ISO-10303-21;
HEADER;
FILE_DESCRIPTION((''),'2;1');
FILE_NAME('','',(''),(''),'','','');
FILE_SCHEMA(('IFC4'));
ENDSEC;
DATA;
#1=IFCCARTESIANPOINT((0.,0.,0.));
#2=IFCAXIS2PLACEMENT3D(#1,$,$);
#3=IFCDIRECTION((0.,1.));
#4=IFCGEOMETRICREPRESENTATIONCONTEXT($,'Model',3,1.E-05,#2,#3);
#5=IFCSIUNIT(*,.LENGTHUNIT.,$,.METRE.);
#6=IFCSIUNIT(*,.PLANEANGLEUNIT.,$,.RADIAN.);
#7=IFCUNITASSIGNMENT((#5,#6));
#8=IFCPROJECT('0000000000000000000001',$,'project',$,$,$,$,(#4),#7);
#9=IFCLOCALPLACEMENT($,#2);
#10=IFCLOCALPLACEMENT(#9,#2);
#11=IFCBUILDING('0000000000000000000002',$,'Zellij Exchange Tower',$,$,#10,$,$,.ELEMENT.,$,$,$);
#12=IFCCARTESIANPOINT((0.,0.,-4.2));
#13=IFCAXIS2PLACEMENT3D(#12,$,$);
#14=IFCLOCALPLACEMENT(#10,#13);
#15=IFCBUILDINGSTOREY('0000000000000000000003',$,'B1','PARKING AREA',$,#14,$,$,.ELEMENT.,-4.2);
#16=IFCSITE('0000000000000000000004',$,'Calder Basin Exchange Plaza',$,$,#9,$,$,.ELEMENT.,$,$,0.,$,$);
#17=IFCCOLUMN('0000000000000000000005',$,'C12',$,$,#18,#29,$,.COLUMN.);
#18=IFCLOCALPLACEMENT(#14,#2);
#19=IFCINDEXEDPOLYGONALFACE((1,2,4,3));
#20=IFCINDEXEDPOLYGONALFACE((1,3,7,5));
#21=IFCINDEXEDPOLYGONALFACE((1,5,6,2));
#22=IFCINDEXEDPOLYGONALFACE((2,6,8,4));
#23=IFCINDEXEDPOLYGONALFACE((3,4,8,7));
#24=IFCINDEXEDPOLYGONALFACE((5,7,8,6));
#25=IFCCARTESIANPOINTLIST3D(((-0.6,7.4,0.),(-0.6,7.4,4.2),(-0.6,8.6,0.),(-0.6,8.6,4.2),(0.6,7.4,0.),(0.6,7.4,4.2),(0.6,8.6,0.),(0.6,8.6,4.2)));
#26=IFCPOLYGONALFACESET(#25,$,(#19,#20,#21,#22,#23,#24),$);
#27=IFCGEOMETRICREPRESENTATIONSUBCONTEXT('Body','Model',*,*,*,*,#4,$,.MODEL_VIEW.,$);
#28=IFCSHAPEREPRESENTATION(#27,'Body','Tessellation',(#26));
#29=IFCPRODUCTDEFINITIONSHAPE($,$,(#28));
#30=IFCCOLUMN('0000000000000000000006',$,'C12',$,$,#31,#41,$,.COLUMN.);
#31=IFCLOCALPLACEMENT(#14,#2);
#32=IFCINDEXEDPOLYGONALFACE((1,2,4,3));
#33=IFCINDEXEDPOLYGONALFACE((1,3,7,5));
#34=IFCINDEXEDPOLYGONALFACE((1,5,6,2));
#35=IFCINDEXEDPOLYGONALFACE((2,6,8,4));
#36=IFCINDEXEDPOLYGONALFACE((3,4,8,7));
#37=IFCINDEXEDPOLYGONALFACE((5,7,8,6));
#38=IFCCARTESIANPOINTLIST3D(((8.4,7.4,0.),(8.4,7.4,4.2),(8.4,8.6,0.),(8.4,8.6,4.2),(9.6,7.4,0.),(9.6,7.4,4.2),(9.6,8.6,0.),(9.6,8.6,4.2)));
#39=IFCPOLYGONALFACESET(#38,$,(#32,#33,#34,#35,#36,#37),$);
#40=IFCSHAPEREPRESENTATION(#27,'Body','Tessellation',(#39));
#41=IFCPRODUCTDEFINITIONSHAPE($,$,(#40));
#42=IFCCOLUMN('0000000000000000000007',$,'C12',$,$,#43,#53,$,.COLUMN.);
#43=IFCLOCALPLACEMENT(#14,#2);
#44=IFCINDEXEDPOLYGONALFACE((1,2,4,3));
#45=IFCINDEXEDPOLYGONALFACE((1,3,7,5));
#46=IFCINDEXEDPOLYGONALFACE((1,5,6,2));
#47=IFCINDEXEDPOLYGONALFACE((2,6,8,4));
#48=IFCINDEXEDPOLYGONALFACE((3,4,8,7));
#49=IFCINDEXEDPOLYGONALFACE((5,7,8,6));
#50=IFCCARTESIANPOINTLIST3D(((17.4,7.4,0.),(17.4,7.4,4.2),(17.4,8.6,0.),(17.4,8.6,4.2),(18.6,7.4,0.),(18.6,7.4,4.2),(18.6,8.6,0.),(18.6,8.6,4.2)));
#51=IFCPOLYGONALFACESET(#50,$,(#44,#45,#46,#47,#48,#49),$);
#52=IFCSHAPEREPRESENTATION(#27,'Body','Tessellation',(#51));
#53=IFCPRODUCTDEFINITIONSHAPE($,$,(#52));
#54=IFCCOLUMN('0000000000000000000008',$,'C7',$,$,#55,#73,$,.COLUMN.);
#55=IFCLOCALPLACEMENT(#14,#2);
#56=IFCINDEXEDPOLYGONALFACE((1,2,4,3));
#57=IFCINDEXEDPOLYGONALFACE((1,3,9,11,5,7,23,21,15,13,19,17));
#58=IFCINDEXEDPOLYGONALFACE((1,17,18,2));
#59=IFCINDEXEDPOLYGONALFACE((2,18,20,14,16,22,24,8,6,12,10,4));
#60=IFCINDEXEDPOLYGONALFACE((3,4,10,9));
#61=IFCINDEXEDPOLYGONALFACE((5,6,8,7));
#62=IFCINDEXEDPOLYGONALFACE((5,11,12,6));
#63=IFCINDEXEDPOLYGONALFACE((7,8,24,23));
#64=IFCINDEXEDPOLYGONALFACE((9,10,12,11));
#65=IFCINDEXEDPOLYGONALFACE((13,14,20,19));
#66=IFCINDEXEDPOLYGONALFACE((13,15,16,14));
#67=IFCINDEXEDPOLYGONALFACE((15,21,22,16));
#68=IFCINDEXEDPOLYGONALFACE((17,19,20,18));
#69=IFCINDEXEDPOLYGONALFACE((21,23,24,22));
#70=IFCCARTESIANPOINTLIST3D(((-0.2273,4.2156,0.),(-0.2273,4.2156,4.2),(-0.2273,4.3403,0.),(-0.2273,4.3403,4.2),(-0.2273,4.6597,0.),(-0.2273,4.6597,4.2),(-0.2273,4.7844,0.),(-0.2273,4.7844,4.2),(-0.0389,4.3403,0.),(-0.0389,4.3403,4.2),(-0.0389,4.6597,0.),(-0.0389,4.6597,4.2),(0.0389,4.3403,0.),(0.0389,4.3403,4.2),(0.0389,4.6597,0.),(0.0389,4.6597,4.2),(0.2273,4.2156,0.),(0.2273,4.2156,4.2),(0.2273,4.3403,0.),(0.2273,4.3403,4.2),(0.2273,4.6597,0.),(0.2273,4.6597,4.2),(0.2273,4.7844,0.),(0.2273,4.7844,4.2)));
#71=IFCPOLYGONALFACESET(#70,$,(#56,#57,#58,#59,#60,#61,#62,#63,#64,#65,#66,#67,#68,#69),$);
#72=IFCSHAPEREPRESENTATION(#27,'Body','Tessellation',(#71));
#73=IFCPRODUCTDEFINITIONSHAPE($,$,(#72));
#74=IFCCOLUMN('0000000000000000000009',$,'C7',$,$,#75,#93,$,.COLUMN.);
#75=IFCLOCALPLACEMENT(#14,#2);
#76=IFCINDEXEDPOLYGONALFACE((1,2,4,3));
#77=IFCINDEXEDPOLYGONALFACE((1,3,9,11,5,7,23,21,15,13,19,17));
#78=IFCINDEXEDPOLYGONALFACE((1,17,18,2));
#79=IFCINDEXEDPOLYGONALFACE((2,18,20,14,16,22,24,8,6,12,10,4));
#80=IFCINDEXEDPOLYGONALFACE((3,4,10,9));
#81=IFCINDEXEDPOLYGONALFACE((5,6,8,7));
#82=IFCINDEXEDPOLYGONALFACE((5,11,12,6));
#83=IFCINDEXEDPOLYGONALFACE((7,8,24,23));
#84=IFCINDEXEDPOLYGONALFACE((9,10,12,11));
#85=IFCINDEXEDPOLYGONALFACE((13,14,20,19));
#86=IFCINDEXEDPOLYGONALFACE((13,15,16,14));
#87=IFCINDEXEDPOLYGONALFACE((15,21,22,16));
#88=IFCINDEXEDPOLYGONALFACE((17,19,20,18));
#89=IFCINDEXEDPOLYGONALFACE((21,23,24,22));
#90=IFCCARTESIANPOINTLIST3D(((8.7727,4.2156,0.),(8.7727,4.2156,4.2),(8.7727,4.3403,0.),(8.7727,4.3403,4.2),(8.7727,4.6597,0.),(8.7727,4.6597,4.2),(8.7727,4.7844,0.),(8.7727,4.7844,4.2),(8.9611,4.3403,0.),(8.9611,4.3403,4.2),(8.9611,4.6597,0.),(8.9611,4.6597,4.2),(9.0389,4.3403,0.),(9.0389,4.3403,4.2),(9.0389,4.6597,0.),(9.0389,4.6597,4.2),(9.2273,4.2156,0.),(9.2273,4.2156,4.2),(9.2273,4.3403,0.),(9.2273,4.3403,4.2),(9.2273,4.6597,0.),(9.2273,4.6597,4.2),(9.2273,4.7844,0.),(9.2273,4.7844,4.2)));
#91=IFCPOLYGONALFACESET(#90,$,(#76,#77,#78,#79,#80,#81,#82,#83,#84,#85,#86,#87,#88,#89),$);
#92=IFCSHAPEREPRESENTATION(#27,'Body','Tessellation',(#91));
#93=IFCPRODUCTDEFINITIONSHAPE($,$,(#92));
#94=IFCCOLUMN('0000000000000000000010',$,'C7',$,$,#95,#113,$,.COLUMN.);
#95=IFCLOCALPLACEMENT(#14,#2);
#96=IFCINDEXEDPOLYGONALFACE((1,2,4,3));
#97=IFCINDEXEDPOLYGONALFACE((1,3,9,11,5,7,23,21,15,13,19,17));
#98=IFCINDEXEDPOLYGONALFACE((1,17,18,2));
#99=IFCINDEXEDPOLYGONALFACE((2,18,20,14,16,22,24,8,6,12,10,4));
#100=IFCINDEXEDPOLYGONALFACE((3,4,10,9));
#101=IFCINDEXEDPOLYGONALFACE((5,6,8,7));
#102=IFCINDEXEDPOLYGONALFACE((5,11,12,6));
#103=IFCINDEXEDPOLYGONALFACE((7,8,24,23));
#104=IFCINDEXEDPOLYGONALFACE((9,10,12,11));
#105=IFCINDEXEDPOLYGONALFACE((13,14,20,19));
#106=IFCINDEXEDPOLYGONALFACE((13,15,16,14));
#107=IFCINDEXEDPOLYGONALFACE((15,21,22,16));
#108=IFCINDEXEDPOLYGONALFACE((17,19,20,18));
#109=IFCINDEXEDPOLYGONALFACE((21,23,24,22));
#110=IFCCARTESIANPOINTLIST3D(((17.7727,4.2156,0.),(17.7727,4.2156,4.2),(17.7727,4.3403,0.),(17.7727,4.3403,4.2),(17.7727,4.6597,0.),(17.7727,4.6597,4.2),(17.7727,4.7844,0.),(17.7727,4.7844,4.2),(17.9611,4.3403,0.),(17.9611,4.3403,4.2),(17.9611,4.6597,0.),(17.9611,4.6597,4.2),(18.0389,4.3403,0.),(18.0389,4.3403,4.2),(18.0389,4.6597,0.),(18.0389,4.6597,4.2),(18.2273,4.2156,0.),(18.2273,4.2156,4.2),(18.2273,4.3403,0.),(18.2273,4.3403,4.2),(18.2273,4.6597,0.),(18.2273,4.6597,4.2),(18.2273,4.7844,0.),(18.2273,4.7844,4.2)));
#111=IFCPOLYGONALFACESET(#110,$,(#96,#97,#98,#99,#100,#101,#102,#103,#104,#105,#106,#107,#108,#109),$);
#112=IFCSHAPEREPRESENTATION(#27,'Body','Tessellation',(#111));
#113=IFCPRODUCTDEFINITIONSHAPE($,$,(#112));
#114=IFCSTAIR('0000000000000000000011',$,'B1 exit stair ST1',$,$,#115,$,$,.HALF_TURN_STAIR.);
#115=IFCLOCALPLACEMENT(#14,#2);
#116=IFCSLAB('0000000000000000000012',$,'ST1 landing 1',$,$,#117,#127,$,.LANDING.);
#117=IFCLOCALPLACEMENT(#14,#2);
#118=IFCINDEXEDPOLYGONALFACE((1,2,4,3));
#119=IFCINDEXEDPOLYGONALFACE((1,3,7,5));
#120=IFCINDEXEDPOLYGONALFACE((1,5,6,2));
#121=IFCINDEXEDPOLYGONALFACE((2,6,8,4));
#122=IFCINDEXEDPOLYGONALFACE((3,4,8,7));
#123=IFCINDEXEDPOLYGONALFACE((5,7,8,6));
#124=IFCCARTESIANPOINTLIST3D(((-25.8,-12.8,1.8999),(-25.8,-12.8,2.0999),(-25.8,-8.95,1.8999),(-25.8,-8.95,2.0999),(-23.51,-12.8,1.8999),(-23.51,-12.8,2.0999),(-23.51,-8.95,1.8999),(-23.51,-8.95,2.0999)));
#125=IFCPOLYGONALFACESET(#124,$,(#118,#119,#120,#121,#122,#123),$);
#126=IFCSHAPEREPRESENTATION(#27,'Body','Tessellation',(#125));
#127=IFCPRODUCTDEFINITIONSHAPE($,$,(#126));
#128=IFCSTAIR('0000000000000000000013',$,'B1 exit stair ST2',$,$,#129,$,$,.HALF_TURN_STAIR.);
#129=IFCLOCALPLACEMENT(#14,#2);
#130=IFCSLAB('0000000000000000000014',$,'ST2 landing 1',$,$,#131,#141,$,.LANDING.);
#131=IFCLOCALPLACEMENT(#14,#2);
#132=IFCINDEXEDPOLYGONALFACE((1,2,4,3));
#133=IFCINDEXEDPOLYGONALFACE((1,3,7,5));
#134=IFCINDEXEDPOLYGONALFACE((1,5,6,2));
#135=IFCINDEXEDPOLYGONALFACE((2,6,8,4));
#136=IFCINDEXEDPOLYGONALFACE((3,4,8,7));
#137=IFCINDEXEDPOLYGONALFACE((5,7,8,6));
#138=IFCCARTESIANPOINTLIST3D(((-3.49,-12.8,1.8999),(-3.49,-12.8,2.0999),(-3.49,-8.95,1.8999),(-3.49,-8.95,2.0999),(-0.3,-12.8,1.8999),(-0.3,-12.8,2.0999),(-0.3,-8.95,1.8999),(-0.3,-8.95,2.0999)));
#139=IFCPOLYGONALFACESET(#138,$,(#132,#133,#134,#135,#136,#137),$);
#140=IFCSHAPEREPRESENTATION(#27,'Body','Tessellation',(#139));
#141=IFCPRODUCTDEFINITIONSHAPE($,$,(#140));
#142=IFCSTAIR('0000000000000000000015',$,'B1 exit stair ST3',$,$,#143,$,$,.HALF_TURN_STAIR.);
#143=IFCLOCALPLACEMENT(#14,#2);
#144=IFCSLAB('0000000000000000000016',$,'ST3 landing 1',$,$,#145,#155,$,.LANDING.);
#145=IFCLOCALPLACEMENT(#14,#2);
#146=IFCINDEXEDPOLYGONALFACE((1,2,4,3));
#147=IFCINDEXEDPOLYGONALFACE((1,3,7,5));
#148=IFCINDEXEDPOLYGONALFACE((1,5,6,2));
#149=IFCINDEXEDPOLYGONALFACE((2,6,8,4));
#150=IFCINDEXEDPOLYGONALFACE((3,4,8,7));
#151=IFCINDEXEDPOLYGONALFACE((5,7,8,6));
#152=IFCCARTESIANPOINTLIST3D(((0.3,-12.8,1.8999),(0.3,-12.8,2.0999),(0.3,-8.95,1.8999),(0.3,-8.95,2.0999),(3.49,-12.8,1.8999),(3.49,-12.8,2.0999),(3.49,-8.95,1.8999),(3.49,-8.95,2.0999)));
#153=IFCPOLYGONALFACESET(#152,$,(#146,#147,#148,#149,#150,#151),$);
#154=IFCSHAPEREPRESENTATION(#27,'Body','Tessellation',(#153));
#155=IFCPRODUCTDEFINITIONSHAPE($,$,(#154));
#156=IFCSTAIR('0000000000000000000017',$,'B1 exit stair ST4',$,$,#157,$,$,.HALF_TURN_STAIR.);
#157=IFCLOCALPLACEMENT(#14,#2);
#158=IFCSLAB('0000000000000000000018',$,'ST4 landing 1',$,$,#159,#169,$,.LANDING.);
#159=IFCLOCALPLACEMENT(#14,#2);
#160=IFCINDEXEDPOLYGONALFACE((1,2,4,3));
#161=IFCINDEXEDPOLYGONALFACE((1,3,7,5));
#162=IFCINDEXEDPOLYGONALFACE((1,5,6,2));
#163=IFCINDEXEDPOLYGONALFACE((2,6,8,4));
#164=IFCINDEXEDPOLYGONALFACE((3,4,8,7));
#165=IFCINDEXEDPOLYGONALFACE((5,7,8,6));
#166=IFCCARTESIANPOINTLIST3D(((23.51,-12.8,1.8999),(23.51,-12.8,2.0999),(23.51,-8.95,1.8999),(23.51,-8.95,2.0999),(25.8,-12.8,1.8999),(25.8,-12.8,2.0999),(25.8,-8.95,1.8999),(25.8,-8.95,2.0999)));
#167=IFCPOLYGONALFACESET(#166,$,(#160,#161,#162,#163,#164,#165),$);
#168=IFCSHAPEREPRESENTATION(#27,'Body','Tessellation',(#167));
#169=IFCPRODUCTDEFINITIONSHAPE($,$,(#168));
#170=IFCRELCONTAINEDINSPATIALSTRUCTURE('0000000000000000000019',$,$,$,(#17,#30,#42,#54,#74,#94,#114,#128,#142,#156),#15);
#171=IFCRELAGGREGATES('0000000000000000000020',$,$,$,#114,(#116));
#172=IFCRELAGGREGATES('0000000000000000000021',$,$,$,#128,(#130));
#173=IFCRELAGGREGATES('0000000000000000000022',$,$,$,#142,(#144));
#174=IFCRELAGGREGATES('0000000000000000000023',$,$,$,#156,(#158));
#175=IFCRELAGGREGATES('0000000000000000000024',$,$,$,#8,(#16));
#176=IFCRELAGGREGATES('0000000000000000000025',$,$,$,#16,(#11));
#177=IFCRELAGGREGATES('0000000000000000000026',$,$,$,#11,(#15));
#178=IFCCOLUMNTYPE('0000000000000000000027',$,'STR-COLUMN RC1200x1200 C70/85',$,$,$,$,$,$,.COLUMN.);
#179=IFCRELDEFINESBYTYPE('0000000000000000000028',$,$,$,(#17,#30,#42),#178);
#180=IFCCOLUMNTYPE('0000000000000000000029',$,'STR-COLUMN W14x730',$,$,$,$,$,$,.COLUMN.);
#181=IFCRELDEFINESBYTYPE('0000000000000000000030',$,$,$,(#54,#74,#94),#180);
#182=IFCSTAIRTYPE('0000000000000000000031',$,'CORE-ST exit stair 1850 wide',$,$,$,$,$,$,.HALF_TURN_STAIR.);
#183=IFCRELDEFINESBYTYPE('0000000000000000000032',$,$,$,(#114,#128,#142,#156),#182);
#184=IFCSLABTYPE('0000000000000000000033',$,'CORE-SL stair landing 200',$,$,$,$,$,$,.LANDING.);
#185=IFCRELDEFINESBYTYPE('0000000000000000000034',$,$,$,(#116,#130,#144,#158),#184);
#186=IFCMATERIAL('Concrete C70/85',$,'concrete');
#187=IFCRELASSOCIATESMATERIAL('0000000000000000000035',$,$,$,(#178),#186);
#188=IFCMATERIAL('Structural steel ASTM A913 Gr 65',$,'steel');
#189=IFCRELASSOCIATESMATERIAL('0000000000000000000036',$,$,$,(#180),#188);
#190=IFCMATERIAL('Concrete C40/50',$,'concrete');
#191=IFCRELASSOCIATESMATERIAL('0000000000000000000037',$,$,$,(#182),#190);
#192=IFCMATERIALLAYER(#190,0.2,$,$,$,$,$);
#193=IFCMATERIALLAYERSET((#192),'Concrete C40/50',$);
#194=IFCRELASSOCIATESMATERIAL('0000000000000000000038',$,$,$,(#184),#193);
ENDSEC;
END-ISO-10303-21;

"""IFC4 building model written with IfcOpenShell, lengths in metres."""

from ifc_helpers import new_model, si_unit, direction, frame, origin, origin_2d, place, context, subcontext, project, spatial, polyline, rectangle, i_section, outline, extrude, material, layer, layer_set, material_profile, profile_set, type_object, element, aggregate, save


model = new_model("IFC4")

# Units and contexts
model_context = context("Model", 3, precision=1e-05, world=origin(), true_north=direction((0.0, 1.0)))
body_context = subcontext(model_context, "Body", "Model", "MODEL_VIEW")
ifc_project = project(units=[si_unit("LENGTHUNIT", "METRE"), si_unit("PLANEANGLEUNIT", "RADIAN")], contexts=[model_context])

# Site, building, storey
site_placement = place(None, origin())
site = spatial("IfcSite", under=ifc_project, at=site_placement, Name="Calder Basin Exchange Plaza", CompositionType="ELEMENT", RefElevation=0.0)
building_placement = place(site_placement, origin())
building = spatial("IfcBuilding", under=site, at=building_placement, Name="Zellij Exchange Tower", CompositionType="ELEMENT")
storey_placement = place(building_placement, frame((0.0, 0.0, -4.2)))
storey = spatial("IfcBuildingStorey", under=building, at=storey_placement, Name="B1", Description="PARKING AREA", CompositionType="ELEMENT", Elevation=-4.2)

# Columns
ifc_material_1 = material(Name="Concrete C70/85", Category="concrete")
ifc_material_profile_1 = material_profile(ifc_material_1, rectangle(XDim=1.2, YDim=1.2, at=origin_2d()), Name="STR-COLUMN RC1200x1200 C70/85")
ifc_profile_set_1 = profile_set([ifc_material_profile_1], Name="Concrete C70/85")
column_type_1 = type_object("IfcColumnType", Name="STR-COLUMN RC1200x1200 C70/85", PredefinedType="COLUMN", material=ifc_profile_set_1)
for number, where, z_axis, x_axis, name in (
    (1, (0.0, 8.0, 0.0), (0.0, 0.0, 1.0), (1.0, 0.0, 0.0), "C12"),
    (2, (9.0, 8.0, 0.0), (0.0, 0.0, 1.0), (1.0, 0.0, 0.0), "C12"),
    (3, (18.0, 8.0, 0.0), (0.0, 0.0, 1.0), (1.0, 0.0, 0.0), "C12"),
):
    element("IfcColumn", number, at=place(storey_placement, frame(where, z_axis=z_axis, x_axis=x_axis)), inside=storey, type_object=column_type_1, Name=name, PredefinedType="COLUMN", context=body_context, shape_type="SweptSolid", body=[
        extrude(rectangle(XDim=1.2, YDim=1.2, at=origin_2d()), origin(), (0.0, 0.0, 1.0), 4.2),
    ])
ifc_material_2 = material(Name="Structural steel ASTM A913 Gr 65", Category="steel")
ifc_material_profile_2 = material_profile(ifc_material_2, i_section(OverallWidth=0.4546, OverallDepth=0.5688, WebThickness=0.0779, FlangeThickness=0.1248, at=origin_2d()), Name="W14x730")
ifc_profile_set_2 = profile_set([ifc_material_profile_2], Name="Structural steel ASTM A913 Gr 65")
column_type_2 = type_object("IfcColumnType", Name="STR-COLUMN W14x730", PredefinedType="COLUMN", material=ifc_profile_set_2)
for number, where, z_axis, x_axis, name in (
    (4, (0.0, 4.5, 0.0), (0.0, 0.0, 1.0), (1.0, 0.0, 0.0), "C7"),
    (5, (9.0, 4.5, 0.0), (0.0, 0.0, 1.0), (1.0, 0.0, 0.0), "C7"),
    (6, (18.0, 4.5, 0.0), (0.0, 0.0, 1.0), (1.0, 0.0, 0.0), "C7"),
):
    element("IfcColumn", number, at=place(storey_placement, frame(where, z_axis=z_axis, x_axis=x_axis)), inside=storey, type_object=column_type_2, Name=name, PredefinedType="COLUMN", context=body_context, shape_type="SweptSolid", body=[
        extrude(i_section(OverallWidth=0.4546, OverallDepth=0.5688, WebThickness=0.0779, FlangeThickness=0.1248, at=origin_2d()), origin(), (0.0, 0.0, 1.0), 4.2),
    ])

# Stairs, slabs
ifc_material_3 = material(Name="Concrete C40/50", Category="concrete")
stair_type = type_object("IfcStairType", Name="CORE-ST exit stair 1850 wide", PredefinedType="HALF_TURN_STAIR", material=ifc_material_3)
stair_1_placement = place(storey_placement, origin())
stair_1 = element("IfcStair", 7, at=stair_1_placement, inside=storey, type_object=stair_type, Name="B1 exit stair ST1", PredefinedType="HALF_TURN_STAIR")
ifc_layer_1 = layer(ifc_material_3, 0.2)
ifc_layer_set_1 = layer_set([ifc_layer_1], Name="Concrete C40/50")
slab_type_1 = type_object("IfcSlabType", Name="CORE-SL stair landing 200", PredefinedType="LANDING", material=ifc_layer_set_1)
slab_1_placement = place(storey_placement, frame((0.0, 0.0, 1.8999)))
slab_1 = element("IfcSlab", 8, at=slab_1_placement, type_object=slab_type_1, Name="ST1 landing 1", PredefinedType="LANDING", context=body_context, shape_type="SweptSolid", body=[
    extrude(outline(polyline([(-23.51, -8.95), (-25.8, -8.95), (-25.8, -12.8), (-23.51, -12.8), (-23.51, -8.95)])), origin(), (0.0, 0.0, 1.0), 0.2),
])
aggregate(stair_1, [slab_1])
stair_2_placement = place(storey_placement, origin())
stair_2 = element("IfcStair", 9, at=stair_2_placement, inside=storey, type_object=stair_type, Name="B1 exit stair ST2", PredefinedType="HALF_TURN_STAIR")
slab_2_placement = place(storey_placement, frame((0.0, 0.0, 1.8999)))
slab_2 = element("IfcSlab", 10, at=slab_2_placement, type_object=slab_type_1, Name="ST2 landing 1", PredefinedType="LANDING", context=body_context, shape_type="SweptSolid", body=[
    extrude(outline(polyline([(-3.49, -12.8), (-0.3, -12.8), (-0.3, -8.95), (-3.49, -8.95), (-3.49, -12.8)])), origin(), (0.0, 0.0, 1.0), 0.2),
])
aggregate(stair_2, [slab_2])
stair_3_placement = place(storey_placement, origin())
stair_3 = element("IfcStair", 11, at=stair_3_placement, inside=storey, type_object=stair_type, Name="B1 exit stair ST3", PredefinedType="HALF_TURN_STAIR")
slab_3_placement = place(storey_placement, frame((0.0, 0.0, 1.8999)))
slab_3 = element("IfcSlab", 12, at=slab_3_placement, type_object=slab_type_1, Name="ST3 landing 1", PredefinedType="LANDING", context=body_context, shape_type="SweptSolid", body=[
    extrude(outline(polyline([(3.49, -8.95), (0.3, -8.95), (0.3, -12.8), (3.49, -12.8), (3.49, -8.95)])), origin(), (0.0, 0.0, 1.0), 0.2),
])
aggregate(stair_3, [slab_3])
stair_4_placement = place(storey_placement, origin())
stair_4 = element("IfcStair", 13, at=stair_4_placement, inside=storey, type_object=stair_type, Name="B1 exit stair ST4", PredefinedType="HALF_TURN_STAIR")
slab_4_placement = place(storey_placement, frame((0.0, 0.0, 1.8999)))
slab_4 = element("IfcSlab", 14, at=slab_4_placement, type_object=slab_type_1, Name="ST4 landing 1", PredefinedType="LANDING", context=body_context, shape_type="SweptSolid", body=[
    extrude(outline(polyline([(23.51, -12.8), (25.8, -12.8), (25.8, -8.95), (23.51, -8.95), (23.51, -12.8)])), origin(), (0.0, 0.0, 1.0), 0.2),
])
aggregate(stair_4, [slab_4])

save(model, "model.ifc")
